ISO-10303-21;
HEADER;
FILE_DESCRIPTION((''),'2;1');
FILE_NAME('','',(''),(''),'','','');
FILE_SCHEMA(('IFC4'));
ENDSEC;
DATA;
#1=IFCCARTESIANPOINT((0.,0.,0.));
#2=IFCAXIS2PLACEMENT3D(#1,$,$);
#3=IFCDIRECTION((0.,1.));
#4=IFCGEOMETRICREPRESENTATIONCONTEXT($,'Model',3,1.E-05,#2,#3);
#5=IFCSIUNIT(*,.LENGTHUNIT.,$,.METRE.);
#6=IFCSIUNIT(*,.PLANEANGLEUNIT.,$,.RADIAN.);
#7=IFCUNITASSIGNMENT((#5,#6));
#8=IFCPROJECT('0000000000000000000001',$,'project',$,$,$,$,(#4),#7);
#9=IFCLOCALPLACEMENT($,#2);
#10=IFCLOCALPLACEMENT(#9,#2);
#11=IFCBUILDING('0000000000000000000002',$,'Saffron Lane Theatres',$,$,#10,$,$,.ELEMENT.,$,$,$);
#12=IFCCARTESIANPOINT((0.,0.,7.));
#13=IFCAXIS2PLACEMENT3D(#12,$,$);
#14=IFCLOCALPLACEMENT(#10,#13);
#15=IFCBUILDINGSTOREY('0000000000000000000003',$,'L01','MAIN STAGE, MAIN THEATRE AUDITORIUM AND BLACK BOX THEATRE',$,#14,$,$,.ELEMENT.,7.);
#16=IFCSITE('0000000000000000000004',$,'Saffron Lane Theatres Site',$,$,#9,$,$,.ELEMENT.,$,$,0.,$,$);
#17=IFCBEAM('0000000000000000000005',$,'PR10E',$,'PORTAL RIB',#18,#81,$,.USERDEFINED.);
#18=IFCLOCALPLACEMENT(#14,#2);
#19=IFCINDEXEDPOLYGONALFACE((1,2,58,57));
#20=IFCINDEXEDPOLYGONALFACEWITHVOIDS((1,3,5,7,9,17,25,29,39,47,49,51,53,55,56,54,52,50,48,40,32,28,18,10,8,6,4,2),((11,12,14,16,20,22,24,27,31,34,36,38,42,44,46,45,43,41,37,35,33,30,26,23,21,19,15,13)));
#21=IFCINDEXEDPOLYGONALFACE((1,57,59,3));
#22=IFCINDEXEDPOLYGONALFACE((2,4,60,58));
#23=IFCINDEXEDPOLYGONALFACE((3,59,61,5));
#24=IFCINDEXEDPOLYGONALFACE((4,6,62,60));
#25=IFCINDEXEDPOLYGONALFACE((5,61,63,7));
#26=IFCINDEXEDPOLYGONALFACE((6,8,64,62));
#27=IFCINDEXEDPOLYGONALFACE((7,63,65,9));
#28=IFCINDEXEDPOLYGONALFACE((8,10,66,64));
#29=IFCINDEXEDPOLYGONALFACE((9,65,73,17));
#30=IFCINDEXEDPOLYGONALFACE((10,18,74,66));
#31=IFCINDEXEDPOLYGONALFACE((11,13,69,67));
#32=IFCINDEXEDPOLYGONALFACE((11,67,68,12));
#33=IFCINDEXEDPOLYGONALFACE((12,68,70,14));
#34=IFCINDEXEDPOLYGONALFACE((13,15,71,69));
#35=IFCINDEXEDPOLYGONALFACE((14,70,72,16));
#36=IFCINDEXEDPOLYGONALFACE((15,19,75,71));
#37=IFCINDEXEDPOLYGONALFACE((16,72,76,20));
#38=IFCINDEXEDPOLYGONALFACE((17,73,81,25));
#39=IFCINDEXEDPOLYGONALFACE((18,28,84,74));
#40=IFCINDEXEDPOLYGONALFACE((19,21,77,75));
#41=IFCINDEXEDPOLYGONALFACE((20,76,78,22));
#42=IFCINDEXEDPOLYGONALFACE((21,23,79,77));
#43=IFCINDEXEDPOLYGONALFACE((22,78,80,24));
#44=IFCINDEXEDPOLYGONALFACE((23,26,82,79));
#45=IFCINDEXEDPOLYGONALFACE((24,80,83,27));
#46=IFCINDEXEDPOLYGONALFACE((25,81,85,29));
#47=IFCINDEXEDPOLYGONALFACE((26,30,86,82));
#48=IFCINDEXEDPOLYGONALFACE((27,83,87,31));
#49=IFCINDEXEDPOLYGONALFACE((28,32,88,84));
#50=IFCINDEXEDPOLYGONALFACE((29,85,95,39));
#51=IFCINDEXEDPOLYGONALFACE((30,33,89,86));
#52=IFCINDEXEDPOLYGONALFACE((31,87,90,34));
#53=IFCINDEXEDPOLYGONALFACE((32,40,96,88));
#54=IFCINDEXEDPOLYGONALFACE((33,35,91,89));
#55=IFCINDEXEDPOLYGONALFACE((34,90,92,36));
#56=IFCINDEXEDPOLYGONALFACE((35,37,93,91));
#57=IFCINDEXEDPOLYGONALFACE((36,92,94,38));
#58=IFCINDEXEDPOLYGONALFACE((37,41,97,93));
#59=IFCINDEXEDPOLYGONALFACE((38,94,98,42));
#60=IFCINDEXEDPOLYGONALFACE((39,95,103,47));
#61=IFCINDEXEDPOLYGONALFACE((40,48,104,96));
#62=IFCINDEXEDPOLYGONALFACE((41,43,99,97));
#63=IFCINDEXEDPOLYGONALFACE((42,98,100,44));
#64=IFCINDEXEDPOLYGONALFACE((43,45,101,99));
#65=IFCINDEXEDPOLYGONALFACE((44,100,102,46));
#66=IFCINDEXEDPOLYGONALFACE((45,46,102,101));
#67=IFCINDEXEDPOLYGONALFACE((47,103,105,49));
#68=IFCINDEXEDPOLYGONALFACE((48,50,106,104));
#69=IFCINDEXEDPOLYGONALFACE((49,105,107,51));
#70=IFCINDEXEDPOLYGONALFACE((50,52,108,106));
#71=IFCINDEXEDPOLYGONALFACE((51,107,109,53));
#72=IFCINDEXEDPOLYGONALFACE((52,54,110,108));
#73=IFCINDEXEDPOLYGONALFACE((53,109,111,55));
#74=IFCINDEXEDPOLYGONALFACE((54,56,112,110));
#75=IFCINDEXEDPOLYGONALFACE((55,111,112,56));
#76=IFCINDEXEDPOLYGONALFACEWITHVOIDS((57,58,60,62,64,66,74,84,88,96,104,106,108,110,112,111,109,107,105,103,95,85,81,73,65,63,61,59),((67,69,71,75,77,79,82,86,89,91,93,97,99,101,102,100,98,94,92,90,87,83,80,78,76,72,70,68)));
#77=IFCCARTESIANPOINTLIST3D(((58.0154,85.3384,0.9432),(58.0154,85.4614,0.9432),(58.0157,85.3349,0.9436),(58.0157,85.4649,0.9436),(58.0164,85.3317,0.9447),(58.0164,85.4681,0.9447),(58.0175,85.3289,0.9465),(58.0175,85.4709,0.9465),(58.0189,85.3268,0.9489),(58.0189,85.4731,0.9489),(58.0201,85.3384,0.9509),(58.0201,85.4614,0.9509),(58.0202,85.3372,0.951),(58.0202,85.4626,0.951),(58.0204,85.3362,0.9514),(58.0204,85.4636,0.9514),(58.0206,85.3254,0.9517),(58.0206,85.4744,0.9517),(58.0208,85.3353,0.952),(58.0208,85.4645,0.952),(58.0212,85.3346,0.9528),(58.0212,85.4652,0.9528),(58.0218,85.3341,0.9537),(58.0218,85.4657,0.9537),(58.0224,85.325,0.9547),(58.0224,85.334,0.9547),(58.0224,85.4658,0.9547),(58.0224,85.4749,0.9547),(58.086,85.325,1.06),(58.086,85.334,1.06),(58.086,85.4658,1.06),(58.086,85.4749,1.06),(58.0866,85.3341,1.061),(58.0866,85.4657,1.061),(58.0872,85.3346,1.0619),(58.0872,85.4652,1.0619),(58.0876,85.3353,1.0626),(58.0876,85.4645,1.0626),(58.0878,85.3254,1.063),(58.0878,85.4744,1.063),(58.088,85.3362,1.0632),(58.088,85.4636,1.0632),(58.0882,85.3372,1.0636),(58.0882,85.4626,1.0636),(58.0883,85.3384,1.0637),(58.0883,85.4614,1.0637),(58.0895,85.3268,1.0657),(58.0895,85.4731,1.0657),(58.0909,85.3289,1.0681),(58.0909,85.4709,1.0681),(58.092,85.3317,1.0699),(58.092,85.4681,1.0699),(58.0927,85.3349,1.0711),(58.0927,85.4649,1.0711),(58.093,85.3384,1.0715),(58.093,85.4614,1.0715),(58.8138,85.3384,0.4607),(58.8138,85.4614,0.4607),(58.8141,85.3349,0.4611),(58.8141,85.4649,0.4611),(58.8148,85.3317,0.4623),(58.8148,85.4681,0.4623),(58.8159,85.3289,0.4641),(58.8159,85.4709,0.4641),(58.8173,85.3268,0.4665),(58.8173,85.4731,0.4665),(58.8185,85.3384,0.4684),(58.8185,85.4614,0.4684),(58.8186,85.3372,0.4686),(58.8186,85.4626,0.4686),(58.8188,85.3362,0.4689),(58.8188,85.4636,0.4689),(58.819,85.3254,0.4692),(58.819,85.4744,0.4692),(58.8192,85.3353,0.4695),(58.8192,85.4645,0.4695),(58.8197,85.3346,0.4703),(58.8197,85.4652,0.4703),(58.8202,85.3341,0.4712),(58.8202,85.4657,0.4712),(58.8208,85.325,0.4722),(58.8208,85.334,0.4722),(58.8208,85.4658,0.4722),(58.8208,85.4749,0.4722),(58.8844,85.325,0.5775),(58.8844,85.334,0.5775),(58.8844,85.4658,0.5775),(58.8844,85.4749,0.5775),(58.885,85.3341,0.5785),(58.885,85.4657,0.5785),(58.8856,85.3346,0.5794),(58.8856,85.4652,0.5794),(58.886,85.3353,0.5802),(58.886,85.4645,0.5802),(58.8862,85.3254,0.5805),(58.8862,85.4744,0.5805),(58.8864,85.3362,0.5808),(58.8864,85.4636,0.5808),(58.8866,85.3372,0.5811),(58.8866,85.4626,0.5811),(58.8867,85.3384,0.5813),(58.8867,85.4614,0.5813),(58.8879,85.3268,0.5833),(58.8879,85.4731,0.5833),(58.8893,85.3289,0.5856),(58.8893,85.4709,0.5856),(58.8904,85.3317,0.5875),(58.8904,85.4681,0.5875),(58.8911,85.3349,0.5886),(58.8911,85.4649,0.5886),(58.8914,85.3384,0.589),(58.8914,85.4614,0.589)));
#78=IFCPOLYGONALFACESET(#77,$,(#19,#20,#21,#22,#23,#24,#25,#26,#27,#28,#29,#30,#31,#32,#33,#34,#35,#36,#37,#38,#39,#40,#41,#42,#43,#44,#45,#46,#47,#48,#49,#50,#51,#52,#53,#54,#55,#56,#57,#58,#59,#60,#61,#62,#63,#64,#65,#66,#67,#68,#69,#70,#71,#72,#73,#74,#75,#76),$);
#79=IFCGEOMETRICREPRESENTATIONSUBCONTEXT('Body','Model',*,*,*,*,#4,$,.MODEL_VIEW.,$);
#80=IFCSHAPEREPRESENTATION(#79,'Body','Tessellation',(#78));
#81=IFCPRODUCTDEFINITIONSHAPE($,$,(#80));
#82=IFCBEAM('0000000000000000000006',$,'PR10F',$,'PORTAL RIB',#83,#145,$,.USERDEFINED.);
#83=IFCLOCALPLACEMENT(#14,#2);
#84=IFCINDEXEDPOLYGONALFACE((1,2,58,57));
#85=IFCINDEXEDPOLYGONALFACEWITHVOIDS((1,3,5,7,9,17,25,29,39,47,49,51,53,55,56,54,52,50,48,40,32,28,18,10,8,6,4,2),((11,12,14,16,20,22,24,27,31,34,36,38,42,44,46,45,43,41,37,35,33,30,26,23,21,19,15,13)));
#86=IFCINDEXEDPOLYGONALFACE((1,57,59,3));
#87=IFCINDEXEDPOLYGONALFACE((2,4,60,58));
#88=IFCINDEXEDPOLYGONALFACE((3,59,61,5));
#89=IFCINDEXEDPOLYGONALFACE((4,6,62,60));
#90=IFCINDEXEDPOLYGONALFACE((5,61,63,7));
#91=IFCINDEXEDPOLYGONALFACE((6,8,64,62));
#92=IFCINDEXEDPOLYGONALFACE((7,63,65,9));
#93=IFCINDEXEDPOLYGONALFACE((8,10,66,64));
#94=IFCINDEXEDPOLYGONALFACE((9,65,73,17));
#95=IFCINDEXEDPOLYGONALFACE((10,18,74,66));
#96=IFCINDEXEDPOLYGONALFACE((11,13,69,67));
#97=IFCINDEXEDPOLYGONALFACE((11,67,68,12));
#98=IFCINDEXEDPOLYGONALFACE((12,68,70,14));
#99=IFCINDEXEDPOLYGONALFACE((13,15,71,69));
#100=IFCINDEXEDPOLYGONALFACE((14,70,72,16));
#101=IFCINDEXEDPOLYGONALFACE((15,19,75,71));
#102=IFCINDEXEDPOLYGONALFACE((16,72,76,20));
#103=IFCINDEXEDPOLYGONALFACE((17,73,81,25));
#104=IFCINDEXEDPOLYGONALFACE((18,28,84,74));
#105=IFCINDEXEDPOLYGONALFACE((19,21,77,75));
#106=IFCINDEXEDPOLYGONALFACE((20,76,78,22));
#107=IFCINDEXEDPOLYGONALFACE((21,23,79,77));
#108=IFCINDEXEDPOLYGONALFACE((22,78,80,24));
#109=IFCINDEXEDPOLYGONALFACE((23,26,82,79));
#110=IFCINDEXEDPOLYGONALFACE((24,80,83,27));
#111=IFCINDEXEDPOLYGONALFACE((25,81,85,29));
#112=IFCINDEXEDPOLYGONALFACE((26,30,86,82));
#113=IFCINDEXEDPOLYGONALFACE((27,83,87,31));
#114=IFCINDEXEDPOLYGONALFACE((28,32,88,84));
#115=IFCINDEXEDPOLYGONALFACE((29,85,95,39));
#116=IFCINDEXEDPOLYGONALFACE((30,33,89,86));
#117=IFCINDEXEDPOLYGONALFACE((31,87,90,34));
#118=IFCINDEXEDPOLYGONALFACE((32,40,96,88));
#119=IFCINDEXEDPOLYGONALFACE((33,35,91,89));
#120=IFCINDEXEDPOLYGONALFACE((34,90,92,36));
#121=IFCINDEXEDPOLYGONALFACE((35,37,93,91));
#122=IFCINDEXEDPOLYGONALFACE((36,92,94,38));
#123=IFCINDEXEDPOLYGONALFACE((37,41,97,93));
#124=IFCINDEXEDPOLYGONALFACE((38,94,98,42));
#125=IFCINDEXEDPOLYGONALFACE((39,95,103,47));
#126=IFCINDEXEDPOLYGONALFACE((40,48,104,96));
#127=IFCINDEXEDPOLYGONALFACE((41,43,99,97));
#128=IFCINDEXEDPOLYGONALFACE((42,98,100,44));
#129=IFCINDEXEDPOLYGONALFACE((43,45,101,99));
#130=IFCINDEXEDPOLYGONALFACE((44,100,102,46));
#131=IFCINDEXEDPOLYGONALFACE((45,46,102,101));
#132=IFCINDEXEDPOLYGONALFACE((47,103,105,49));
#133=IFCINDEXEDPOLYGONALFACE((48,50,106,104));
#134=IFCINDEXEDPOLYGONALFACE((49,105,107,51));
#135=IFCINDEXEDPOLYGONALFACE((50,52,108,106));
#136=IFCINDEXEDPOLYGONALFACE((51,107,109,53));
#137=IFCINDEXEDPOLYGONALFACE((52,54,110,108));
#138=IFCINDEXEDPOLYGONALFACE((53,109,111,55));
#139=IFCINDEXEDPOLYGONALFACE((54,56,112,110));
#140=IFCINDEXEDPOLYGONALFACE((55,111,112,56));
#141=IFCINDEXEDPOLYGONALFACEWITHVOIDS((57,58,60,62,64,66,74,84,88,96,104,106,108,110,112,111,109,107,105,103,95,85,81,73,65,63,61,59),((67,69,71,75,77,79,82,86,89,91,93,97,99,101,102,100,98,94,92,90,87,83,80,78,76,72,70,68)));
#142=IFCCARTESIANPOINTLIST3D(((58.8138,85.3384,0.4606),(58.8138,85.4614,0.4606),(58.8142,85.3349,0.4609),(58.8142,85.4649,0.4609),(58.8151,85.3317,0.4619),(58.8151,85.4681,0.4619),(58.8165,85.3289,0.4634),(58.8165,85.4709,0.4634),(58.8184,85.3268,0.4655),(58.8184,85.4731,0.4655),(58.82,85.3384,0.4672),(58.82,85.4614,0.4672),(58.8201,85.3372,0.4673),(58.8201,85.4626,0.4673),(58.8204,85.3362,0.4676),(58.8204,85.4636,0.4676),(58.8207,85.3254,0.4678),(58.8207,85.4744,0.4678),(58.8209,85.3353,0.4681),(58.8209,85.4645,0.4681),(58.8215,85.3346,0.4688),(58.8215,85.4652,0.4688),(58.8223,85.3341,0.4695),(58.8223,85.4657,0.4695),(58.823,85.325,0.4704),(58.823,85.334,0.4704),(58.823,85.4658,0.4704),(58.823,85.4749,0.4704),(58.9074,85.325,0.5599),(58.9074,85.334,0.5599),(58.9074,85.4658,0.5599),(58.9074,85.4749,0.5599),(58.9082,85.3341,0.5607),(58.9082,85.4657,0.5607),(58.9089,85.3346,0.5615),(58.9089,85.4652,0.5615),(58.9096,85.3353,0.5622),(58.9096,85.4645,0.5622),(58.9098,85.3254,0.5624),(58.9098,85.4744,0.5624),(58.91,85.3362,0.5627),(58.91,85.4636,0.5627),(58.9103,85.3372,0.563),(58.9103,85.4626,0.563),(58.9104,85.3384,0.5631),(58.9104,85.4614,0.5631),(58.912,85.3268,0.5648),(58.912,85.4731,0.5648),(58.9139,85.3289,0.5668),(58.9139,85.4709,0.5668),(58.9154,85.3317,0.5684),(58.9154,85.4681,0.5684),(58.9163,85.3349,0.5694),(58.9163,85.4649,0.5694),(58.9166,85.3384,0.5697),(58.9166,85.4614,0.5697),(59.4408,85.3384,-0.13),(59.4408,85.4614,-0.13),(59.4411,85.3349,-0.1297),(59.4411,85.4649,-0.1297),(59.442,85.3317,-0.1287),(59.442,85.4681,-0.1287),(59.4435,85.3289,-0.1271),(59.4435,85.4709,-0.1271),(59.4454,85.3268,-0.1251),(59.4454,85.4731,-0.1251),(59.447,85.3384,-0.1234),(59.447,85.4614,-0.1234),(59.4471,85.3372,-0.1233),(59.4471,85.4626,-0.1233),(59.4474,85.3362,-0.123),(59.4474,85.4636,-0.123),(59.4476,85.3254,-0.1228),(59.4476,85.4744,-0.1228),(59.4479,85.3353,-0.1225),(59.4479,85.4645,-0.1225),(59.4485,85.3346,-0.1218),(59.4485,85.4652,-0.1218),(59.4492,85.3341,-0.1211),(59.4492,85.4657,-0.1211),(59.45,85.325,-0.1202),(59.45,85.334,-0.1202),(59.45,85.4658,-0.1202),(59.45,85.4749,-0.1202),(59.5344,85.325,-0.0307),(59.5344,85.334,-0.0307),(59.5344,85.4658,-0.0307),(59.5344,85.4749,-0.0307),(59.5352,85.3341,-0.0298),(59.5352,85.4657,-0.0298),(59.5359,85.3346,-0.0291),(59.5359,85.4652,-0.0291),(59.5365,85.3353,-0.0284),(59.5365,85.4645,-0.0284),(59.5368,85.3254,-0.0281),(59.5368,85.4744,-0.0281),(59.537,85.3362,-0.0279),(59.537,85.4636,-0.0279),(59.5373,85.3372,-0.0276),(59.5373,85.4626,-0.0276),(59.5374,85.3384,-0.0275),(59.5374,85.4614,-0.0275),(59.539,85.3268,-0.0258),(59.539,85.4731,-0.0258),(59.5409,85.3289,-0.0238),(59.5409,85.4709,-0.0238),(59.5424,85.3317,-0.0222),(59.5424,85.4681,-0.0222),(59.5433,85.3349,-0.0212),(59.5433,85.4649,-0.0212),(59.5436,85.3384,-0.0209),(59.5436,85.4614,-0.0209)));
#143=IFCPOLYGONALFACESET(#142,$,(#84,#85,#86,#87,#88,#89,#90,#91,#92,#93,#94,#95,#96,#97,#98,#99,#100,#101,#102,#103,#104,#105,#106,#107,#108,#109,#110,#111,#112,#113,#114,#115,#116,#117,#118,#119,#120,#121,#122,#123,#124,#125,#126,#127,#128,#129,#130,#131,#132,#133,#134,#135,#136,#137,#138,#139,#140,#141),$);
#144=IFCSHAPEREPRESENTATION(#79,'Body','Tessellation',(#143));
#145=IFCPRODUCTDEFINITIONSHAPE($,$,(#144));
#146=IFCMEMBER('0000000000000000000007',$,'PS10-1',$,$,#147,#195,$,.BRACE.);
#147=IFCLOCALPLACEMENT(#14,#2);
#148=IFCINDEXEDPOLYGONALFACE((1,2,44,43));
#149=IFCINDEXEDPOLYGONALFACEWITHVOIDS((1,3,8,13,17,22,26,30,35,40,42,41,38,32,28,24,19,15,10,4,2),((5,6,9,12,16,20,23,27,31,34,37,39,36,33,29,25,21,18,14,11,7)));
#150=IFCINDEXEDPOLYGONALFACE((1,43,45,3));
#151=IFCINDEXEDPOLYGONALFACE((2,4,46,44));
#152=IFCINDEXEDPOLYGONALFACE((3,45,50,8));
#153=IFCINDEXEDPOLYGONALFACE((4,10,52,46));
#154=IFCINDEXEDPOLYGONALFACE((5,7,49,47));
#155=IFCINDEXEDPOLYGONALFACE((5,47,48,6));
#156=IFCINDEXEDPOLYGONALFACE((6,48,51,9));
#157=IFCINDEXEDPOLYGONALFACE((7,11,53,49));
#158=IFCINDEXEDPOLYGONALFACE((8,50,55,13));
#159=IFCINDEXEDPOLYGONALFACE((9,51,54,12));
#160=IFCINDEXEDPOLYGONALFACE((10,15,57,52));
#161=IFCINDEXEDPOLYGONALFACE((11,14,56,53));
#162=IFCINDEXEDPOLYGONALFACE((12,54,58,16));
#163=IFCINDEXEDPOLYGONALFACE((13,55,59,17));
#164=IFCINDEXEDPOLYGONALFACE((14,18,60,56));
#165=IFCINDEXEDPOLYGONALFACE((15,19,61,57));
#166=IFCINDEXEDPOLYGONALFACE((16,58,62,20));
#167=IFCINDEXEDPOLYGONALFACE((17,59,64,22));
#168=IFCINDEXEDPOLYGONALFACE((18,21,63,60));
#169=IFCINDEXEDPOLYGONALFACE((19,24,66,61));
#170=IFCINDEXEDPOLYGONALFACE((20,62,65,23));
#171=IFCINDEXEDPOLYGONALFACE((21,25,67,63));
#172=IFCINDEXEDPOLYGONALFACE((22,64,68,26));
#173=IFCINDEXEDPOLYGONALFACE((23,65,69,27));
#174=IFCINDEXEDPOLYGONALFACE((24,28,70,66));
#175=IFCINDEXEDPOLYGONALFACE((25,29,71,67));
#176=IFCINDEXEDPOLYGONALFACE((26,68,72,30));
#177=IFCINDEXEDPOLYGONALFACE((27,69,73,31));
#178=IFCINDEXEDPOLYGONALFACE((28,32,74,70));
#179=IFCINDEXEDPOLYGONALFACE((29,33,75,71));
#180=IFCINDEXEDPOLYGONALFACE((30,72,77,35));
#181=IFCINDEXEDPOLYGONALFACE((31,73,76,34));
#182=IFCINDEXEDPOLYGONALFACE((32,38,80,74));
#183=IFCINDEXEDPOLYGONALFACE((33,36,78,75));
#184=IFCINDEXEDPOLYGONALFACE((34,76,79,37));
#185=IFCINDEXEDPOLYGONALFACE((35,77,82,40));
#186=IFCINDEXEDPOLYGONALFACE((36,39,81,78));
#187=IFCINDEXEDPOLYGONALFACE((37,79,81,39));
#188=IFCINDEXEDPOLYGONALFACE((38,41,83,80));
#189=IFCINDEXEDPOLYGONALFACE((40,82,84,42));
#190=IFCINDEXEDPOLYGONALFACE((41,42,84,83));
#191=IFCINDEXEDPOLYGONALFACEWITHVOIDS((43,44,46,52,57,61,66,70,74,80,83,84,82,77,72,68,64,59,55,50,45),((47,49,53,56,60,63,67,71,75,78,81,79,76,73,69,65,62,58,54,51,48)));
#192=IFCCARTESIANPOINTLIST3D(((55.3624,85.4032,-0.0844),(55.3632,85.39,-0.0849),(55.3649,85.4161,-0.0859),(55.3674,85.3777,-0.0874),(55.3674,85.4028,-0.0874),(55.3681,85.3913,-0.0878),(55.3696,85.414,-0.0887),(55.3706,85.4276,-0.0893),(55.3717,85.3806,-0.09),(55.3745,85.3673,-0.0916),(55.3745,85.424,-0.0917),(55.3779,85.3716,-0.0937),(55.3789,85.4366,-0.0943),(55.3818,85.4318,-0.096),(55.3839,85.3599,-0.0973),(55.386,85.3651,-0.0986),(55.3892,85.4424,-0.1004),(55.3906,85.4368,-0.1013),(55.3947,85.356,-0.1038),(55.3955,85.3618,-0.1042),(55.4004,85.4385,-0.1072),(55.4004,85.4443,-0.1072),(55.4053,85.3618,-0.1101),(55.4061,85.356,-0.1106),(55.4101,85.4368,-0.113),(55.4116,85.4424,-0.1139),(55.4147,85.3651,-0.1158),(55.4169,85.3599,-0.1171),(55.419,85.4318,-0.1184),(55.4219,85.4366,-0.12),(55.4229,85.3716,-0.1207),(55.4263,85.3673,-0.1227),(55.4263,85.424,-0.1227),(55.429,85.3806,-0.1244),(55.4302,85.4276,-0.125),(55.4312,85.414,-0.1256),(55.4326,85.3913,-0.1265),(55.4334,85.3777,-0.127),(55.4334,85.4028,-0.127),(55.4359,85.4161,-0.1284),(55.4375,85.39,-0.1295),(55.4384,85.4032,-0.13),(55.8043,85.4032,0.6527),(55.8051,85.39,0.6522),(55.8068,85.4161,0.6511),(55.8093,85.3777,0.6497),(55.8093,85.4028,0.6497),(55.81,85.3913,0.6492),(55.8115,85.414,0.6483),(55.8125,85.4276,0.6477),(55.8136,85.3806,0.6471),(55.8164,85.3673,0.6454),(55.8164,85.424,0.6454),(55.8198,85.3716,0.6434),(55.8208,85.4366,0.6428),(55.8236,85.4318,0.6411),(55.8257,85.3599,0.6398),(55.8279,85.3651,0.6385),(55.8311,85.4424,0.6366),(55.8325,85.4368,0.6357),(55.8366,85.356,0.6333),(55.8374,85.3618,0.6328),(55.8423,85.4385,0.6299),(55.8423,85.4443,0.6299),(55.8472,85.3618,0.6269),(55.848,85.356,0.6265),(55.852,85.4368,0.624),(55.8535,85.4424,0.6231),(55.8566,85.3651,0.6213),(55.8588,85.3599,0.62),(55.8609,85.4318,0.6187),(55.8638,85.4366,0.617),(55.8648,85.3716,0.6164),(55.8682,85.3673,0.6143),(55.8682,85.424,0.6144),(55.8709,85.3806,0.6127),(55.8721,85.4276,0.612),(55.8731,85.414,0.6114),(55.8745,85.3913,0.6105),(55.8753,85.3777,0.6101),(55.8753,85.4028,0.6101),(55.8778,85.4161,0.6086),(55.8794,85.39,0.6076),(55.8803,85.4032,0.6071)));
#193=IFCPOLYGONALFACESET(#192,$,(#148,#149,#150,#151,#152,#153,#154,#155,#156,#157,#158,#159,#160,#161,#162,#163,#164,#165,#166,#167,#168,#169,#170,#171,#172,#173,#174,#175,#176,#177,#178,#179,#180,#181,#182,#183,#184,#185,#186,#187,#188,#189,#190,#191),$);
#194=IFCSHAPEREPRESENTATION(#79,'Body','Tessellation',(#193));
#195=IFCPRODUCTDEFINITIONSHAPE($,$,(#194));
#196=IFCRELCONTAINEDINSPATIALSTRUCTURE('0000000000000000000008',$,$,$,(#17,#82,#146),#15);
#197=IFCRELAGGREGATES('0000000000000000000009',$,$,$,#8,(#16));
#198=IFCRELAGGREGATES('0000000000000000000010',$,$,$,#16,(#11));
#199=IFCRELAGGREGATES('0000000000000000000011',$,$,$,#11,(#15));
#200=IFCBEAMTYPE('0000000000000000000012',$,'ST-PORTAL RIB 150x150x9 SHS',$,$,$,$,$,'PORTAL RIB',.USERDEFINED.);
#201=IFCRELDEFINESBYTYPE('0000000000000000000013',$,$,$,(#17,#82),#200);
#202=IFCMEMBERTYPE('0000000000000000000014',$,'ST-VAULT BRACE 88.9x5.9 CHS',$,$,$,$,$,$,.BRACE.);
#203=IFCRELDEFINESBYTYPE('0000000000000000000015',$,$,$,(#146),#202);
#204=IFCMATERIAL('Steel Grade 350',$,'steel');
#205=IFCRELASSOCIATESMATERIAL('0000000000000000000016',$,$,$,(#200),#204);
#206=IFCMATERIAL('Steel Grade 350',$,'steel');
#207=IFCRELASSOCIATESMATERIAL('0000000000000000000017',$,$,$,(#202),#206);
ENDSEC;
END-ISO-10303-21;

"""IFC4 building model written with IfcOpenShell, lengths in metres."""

from ifc_helpers import new_model, si_unit, direction, frame, origin, origin_2d, place, context, subcontext, project, spatial, hollow_rectangle, hollow_circle, extrude, material, material_profile, profile_set, type_object, element, save


model = new_model("IFC4")

# Units and contexts
model_context = context("Model", 3, precision=1e-05, world=origin(), true_north=direction((0.0, 1.0)))
body_context = subcontext(model_context, "Body", "Model", "MODEL_VIEW")
ifc_project = project(units=[si_unit("LENGTHUNIT", "METRE"), si_unit("PLANEANGLEUNIT", "RADIAN")], contexts=[model_context])

# Site, building, storey
site_placement = place(None, origin())
site = spatial("IfcSite", under=ifc_project, at=site_placement, Name="Saffron Lane Theatres Site", CompositionType="ELEMENT", RefElevation=0.0)
building_placement = place(site_placement, origin())
building = spatial("IfcBuilding", under=site, at=building_placement, Name="Saffron Lane Theatres", CompositionType="ELEMENT")
storey_placement = place(building_placement, frame((0.0, 0.0, 7.0)))
storey = spatial("IfcBuildingStorey", under=building, at=storey_placement, Name="L01", Description="MAIN STAGE, MAIN THEATRE AUDITORIUM AND BLACK BOX THEATRE", CompositionType="ELEMENT", Elevation=7.0)

# Beams
ifc_material_1 = material(Name="Steel Grade 350", Category="steel")
ifc_material_profile_1 = material_profile(ifc_material_1, hollow_rectangle(XDim=0.1499, YDim=0.1499, WallThickness=0.009, InnerFilletRadius=0.0044, OuterFilletRadius=0.0134, at=origin_2d()))
ifc_profile_set_1 = profile_set([ifc_material_profile_1], Name="Steel Grade 350")
beam_type_1 = type_object("IfcBeamType", Name="ST-PORTAL RIB 150x150x9 SHS", ElementType="PORTAL RIB", PredefinedType="USERDEFINED", material=ifc_profile_set_1)
beam_1_placement = place(storey_placement, frame((58.0542, 85.3999, 1.0073), z_axis=(0.855872, 0.0, -0.517188), x_axis=(0.0, 1.0, 0.0)))
element("IfcBeam", 1, at=beam_1_placement, inside=storey, type_object=beam_type_1, Name="PR10E", ObjectType="PORTAL RIB", PredefinedType="USERDEFINED", context=body_context, shape_type="SweptSolid", body=[
    extrude(hollow_rectangle(XDim=0.1499, YDim=0.1499, WallThickness=0.009, InnerFilletRadius=0.0044, OuterFilletRadius=0.0134, at=origin_2d()), origin(), (0.0, 0.0, 1.0), 0.9329),
])
beam_2_placement = place(storey_placement, frame((58.8652, 85.3999, 0.5151), z_axis=(0.727909, 0.0, -0.685674), x_axis=(0.0, 1.0, 0.0)))
element("IfcBeam", 2, at=beam_2_placement, inside=storey, type_object=beam_type_1, Name="PR10F", ObjectType="PORTAL RIB", PredefinedType="USERDEFINED", context=body_context, shape_type="SweptSolid", body=[
    extrude(hollow_rectangle(XDim=0.1499, YDim=0.1499, WallThickness=0.009, InnerFilletRadius=0.0044, OuterFilletRadius=0.0134, at=origin_2d()), origin(), (0.0, 0.0, 1.0), 0.8613),
])

# Member
ifc_material_2 = material(Name="Steel Grade 350", Category="steel")
ifc_material_profile_2 = material_profile(ifc_material_2, hollow_circle(Radius=0.0444, WallThickness=0.0059, at=origin_2d()))
ifc_profile_set_2 = profile_set([ifc_material_profile_2], Name="Steel Grade 350")
member_type_1 = type_object("IfcMemberType", Name="ST-VAULT BRACE 88.9x5.9 CHS", PredefinedType="BRACE", material=ifc_profile_set_2)
member_1_placement = place(storey_placement, frame((55.4004, 85.3999, -0.1072), z_axis=(0.514203, 0.0, 0.857668), x_axis=(0.0, 1.0, 0.0)))
element("IfcMember", 3, at=member_1_placement, inside=storey, type_object=member_type_1, Name="PS10-1", PredefinedType="BRACE", context=body_context, shape_type="SweptSolid", body=[
    extrude(hollow_circle(Radius=0.0444, WallThickness=0.0059, at=origin_2d()), origin(), (0.0, 0.0, 1.0), 0.8594),
])

save(model, "model.ifc")
